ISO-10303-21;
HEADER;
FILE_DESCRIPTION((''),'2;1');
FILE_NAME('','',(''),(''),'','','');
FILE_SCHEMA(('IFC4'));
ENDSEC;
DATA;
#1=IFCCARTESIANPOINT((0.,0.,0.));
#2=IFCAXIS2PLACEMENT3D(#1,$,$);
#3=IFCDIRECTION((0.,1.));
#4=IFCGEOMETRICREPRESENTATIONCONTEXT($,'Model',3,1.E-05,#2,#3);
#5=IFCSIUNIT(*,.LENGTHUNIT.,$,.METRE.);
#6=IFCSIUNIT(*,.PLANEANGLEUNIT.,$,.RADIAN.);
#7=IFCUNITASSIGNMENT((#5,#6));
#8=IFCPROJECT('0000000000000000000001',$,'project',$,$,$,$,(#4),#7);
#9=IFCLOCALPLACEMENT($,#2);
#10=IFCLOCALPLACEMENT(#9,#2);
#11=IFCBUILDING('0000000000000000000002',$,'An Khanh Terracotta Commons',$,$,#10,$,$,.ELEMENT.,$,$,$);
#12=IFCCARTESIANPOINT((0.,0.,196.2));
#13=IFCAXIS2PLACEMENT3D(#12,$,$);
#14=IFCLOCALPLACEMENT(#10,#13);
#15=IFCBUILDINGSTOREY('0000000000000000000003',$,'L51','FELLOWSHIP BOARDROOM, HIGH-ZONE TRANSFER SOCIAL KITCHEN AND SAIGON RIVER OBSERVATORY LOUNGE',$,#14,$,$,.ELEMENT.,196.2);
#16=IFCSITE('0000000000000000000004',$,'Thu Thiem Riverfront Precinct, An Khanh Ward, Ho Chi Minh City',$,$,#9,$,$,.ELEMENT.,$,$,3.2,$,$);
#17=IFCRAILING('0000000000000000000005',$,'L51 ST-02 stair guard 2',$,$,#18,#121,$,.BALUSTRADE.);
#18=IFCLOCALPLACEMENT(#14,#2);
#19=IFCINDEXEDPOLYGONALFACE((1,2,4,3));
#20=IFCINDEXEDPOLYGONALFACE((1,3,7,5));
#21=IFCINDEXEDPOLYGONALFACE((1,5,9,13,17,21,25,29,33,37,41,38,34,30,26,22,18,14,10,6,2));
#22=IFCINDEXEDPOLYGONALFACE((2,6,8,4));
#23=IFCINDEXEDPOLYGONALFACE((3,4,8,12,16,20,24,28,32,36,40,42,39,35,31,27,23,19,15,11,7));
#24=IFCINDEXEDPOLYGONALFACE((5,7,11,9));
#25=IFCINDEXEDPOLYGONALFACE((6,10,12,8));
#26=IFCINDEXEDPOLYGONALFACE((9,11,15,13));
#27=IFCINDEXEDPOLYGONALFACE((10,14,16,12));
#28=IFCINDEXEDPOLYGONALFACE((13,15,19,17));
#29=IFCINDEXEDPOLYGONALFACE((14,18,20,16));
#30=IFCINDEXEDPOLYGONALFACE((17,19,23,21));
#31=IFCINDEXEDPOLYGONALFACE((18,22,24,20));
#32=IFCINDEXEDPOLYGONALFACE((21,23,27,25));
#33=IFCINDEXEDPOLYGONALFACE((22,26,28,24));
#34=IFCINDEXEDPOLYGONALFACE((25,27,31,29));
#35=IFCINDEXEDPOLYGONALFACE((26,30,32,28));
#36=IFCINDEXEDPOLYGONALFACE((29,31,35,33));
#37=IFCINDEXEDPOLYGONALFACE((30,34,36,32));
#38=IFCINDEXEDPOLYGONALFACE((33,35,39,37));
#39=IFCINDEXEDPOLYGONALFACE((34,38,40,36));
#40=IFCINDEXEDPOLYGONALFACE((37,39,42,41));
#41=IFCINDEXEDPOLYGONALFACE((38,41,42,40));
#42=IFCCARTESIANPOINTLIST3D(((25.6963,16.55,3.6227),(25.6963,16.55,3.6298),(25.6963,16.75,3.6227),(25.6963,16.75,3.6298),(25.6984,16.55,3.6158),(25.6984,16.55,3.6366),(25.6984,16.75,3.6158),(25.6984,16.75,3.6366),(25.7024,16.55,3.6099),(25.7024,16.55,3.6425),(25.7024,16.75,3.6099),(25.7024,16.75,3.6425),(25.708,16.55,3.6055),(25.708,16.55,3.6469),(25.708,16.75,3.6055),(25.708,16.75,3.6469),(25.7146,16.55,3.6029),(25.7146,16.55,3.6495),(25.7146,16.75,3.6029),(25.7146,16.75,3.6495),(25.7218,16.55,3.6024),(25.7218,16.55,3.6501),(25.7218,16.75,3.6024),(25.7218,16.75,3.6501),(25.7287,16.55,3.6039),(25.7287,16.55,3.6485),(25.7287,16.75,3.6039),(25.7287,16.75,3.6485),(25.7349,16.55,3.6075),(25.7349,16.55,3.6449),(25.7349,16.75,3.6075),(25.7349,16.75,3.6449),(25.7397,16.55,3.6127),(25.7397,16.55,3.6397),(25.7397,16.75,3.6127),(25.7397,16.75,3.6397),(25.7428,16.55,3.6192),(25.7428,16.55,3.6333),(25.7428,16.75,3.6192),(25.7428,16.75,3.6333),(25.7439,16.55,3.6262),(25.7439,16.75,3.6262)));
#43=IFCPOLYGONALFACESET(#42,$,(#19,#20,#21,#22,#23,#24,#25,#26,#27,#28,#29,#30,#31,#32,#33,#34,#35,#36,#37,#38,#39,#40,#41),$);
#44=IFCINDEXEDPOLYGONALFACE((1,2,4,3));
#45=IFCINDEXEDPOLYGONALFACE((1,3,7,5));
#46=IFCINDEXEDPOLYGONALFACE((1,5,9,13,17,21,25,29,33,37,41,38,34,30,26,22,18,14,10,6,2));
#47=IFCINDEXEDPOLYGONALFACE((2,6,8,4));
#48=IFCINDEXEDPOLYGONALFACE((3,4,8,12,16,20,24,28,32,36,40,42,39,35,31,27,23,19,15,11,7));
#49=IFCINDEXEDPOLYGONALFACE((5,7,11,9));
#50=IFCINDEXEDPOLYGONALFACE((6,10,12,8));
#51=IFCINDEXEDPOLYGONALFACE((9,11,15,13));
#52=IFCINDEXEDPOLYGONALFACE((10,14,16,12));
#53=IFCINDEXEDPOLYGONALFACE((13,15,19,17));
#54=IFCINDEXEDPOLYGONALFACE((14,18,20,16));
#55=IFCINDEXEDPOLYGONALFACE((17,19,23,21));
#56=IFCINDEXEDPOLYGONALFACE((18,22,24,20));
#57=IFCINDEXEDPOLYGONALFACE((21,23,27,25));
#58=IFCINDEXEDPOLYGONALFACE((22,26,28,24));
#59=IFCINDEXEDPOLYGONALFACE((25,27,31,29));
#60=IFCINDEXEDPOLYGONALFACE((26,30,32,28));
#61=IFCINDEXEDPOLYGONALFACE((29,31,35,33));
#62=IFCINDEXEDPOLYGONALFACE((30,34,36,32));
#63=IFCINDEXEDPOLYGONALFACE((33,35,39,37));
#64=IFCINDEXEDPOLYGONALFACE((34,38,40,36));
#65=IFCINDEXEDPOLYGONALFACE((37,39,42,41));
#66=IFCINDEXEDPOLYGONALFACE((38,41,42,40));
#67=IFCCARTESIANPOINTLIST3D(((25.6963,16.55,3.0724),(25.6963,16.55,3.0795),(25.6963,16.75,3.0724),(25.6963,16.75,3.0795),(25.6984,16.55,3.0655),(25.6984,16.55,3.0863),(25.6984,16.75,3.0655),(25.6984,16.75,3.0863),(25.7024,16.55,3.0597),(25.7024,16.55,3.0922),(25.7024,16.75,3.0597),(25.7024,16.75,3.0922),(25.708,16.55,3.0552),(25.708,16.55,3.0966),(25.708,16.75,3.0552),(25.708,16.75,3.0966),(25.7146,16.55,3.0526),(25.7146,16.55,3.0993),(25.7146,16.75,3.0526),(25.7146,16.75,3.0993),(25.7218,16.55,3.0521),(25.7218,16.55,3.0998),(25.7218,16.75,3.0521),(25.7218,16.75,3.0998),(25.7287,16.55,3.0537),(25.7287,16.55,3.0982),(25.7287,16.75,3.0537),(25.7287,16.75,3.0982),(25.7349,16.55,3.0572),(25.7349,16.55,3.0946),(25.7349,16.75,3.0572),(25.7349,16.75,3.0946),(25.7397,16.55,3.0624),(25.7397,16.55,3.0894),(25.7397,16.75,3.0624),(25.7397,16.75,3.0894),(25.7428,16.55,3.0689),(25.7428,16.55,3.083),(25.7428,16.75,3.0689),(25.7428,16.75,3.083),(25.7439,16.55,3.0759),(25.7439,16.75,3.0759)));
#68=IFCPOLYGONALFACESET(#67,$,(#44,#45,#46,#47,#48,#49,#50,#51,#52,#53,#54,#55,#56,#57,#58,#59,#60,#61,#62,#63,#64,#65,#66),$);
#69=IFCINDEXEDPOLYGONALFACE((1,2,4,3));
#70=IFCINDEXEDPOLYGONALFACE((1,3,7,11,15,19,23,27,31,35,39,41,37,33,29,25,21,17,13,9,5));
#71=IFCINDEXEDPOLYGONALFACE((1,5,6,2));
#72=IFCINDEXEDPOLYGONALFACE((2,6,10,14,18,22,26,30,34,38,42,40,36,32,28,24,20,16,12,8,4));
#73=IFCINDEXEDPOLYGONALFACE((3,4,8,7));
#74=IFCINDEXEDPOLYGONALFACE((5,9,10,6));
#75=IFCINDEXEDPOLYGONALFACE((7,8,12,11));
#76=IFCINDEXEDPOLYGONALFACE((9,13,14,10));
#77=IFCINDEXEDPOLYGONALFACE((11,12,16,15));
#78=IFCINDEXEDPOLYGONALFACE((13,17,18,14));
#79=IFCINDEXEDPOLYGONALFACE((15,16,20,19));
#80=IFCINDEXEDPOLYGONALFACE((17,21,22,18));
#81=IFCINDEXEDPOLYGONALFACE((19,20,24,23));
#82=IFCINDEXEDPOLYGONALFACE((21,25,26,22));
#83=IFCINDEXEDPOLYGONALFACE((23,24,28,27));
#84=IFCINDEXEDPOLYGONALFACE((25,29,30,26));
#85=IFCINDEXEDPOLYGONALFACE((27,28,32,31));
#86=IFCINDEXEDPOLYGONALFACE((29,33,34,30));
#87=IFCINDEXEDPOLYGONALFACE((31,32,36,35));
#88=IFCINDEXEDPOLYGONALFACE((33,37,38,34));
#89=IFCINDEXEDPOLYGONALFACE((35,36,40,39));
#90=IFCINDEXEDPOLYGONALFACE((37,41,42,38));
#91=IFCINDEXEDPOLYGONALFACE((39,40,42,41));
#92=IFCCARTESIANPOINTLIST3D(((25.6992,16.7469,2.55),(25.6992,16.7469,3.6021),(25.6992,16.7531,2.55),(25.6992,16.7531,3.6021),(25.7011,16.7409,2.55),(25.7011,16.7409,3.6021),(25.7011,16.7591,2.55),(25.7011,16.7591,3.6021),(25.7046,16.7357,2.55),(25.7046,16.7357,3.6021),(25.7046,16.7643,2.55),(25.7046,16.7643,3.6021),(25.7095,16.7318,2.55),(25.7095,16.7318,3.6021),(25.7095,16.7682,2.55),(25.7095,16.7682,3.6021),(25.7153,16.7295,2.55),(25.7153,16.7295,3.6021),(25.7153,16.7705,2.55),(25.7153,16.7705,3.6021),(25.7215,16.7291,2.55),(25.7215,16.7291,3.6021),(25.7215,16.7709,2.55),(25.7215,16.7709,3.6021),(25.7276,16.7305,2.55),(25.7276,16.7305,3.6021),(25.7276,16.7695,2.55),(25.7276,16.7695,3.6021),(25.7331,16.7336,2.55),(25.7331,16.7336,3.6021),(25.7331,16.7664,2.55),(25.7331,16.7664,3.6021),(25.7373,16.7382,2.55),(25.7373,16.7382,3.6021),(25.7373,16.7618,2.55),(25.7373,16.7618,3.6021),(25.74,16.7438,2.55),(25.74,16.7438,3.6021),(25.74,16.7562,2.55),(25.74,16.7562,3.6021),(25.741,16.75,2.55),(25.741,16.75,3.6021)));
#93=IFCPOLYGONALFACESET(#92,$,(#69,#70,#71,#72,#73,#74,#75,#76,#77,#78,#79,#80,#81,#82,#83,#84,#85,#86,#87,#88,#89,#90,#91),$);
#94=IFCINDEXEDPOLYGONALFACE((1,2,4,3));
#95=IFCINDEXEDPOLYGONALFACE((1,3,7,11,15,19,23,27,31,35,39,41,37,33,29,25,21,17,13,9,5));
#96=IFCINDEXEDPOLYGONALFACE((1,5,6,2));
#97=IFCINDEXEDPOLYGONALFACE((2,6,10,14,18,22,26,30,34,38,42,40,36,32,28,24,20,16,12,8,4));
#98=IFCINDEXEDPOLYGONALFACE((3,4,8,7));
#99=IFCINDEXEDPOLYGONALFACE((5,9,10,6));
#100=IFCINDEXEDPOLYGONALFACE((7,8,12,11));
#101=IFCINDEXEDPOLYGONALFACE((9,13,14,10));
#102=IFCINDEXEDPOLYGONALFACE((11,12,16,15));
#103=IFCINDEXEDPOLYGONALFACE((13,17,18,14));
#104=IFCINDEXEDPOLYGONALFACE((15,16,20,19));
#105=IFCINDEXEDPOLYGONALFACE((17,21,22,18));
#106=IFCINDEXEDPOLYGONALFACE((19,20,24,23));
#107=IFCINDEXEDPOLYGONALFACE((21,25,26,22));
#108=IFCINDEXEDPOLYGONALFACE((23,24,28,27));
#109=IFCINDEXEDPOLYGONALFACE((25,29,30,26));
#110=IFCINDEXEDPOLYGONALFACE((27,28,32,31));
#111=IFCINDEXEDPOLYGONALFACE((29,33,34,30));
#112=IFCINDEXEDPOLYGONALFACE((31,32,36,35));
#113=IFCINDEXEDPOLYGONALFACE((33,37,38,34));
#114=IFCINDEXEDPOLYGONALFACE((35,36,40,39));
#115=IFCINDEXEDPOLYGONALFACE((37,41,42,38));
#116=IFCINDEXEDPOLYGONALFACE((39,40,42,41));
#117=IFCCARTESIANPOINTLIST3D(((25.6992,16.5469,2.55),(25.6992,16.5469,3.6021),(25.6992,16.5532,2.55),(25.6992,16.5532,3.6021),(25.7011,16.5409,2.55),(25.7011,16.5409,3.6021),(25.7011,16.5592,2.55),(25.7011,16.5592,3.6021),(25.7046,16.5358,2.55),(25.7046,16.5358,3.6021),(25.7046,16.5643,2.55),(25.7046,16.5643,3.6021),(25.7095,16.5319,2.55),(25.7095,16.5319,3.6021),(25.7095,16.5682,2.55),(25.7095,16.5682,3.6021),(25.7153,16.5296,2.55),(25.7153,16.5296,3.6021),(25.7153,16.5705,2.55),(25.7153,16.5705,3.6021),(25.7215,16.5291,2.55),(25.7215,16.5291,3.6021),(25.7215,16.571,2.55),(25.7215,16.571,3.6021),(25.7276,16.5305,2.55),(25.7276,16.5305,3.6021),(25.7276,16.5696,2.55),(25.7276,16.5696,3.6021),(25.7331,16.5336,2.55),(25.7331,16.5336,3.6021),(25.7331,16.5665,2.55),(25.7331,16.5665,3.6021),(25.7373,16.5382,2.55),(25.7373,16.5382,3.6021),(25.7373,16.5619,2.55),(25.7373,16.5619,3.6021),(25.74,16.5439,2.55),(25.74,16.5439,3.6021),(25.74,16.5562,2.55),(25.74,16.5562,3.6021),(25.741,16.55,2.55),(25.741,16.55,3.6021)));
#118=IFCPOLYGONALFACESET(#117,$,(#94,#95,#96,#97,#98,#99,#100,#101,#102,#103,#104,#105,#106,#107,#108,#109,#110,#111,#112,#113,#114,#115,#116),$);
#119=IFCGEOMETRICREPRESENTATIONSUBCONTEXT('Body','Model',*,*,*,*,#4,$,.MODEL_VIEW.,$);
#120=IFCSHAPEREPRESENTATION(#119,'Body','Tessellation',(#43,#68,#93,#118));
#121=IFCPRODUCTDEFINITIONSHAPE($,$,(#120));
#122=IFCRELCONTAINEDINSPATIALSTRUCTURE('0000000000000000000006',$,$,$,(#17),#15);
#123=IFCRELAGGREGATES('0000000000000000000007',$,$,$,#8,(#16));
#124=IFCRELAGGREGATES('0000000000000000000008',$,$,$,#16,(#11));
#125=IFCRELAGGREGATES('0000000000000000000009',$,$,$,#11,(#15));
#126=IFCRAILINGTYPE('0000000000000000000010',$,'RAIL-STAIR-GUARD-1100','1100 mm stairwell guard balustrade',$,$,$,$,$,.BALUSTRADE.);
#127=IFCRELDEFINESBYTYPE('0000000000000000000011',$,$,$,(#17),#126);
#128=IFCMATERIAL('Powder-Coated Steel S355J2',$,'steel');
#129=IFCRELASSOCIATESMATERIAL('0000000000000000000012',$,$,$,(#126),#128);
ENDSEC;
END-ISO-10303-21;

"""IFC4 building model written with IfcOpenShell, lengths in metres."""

from ifc_helpers import new_model, si_unit, direction, frame, origin, origin_2d, place, context, subcontext, project, spatial, circle, extrude, material, type_object, element, save


model = new_model("IFC4")

# Units and contexts
model_context = context("Model", 3, precision=1e-05, world=origin(), true_north=direction((0.0, 1.0)))
body_context = subcontext(model_context, "Body", "Model", "MODEL_VIEW")
ifc_project = project(units=[si_unit("LENGTHUNIT", "METRE"), si_unit("PLANEANGLEUNIT", "RADIAN")], contexts=[model_context])

# Site, building, storey
site_placement = place(None, origin())
site = spatial("IfcSite", under=ifc_project, at=site_placement, Name="Thu Thiem Riverfront Precinct, An Khanh Ward, Ho Chi Minh City", CompositionType="ELEMENT", RefElevation=3.2)
building_placement = place(site_placement, origin())
building = spatial("IfcBuilding", under=site, at=building_placement, Name="An Khanh Terracotta Commons", CompositionType="ELEMENT")
storey_placement = place(building_placement, frame((0.0, 0.0, 196.2)))
storey = spatial("IfcBuildingStorey", under=building, at=storey_placement, Name="L51", Description="FELLOWSHIP BOARDROOM, HIGH-ZONE TRANSFER SOCIAL KITCHEN AND SAIGON RIVER OBSERVATORY LOUNGE", CompositionType="ELEMENT", Elevation=196.2)

# Railing
ifc_material_1 = material(Name="Powder-Coated Steel S355J2", Category="steel")
railing_type_1 = type_object("IfcRailingType", Name="RAIL-STAIR-GUARD-1100", Description="1100 mm stairwell guard balustrade", PredefinedType="BALUSTRADE", material=ifc_material_1)
railing_1_placement = place(storey_placement, frame((25.72, 16.75, 2.55)))
element("IfcRailing", 1, at=railing_1_placement, inside=storey, type_object=railing_type_1, Name="L51 ST-02 stair guard 2", PredefinedType="BALUSTRADE", context=body_context, shape_type="SweptSolid", body=[
    extrude(circle(Radius=0.0239, at=origin_2d()), frame((0.0, 0.0, 1.0762), z_axis=(0.0, -1.0, 0.0), x_axis=(1.0, 0.0, 0.0)), (0.0, 0.0, 1.0), 0.2),
    extrude(circle(Radius=0.0239, at=origin_2d()), frame((0.0, 0.0, 0.5259), z_axis=(0.0, -1.0, 0.0), x_axis=(1.0, 0.0, 0.0)), (0.0, 0.0, 1.0), 0.2),
    extrude(circle(Radius=0.021, at=origin_2d()), origin(), (0.0, 0.0, 1.0), 1.052),
    extrude(circle(Radius=0.021, at=origin_2d()), frame((0.0, -0.2, 0.0)), (0.0, 0.0, 1.0), 1.052),
])

save(model, "model.ifc")
